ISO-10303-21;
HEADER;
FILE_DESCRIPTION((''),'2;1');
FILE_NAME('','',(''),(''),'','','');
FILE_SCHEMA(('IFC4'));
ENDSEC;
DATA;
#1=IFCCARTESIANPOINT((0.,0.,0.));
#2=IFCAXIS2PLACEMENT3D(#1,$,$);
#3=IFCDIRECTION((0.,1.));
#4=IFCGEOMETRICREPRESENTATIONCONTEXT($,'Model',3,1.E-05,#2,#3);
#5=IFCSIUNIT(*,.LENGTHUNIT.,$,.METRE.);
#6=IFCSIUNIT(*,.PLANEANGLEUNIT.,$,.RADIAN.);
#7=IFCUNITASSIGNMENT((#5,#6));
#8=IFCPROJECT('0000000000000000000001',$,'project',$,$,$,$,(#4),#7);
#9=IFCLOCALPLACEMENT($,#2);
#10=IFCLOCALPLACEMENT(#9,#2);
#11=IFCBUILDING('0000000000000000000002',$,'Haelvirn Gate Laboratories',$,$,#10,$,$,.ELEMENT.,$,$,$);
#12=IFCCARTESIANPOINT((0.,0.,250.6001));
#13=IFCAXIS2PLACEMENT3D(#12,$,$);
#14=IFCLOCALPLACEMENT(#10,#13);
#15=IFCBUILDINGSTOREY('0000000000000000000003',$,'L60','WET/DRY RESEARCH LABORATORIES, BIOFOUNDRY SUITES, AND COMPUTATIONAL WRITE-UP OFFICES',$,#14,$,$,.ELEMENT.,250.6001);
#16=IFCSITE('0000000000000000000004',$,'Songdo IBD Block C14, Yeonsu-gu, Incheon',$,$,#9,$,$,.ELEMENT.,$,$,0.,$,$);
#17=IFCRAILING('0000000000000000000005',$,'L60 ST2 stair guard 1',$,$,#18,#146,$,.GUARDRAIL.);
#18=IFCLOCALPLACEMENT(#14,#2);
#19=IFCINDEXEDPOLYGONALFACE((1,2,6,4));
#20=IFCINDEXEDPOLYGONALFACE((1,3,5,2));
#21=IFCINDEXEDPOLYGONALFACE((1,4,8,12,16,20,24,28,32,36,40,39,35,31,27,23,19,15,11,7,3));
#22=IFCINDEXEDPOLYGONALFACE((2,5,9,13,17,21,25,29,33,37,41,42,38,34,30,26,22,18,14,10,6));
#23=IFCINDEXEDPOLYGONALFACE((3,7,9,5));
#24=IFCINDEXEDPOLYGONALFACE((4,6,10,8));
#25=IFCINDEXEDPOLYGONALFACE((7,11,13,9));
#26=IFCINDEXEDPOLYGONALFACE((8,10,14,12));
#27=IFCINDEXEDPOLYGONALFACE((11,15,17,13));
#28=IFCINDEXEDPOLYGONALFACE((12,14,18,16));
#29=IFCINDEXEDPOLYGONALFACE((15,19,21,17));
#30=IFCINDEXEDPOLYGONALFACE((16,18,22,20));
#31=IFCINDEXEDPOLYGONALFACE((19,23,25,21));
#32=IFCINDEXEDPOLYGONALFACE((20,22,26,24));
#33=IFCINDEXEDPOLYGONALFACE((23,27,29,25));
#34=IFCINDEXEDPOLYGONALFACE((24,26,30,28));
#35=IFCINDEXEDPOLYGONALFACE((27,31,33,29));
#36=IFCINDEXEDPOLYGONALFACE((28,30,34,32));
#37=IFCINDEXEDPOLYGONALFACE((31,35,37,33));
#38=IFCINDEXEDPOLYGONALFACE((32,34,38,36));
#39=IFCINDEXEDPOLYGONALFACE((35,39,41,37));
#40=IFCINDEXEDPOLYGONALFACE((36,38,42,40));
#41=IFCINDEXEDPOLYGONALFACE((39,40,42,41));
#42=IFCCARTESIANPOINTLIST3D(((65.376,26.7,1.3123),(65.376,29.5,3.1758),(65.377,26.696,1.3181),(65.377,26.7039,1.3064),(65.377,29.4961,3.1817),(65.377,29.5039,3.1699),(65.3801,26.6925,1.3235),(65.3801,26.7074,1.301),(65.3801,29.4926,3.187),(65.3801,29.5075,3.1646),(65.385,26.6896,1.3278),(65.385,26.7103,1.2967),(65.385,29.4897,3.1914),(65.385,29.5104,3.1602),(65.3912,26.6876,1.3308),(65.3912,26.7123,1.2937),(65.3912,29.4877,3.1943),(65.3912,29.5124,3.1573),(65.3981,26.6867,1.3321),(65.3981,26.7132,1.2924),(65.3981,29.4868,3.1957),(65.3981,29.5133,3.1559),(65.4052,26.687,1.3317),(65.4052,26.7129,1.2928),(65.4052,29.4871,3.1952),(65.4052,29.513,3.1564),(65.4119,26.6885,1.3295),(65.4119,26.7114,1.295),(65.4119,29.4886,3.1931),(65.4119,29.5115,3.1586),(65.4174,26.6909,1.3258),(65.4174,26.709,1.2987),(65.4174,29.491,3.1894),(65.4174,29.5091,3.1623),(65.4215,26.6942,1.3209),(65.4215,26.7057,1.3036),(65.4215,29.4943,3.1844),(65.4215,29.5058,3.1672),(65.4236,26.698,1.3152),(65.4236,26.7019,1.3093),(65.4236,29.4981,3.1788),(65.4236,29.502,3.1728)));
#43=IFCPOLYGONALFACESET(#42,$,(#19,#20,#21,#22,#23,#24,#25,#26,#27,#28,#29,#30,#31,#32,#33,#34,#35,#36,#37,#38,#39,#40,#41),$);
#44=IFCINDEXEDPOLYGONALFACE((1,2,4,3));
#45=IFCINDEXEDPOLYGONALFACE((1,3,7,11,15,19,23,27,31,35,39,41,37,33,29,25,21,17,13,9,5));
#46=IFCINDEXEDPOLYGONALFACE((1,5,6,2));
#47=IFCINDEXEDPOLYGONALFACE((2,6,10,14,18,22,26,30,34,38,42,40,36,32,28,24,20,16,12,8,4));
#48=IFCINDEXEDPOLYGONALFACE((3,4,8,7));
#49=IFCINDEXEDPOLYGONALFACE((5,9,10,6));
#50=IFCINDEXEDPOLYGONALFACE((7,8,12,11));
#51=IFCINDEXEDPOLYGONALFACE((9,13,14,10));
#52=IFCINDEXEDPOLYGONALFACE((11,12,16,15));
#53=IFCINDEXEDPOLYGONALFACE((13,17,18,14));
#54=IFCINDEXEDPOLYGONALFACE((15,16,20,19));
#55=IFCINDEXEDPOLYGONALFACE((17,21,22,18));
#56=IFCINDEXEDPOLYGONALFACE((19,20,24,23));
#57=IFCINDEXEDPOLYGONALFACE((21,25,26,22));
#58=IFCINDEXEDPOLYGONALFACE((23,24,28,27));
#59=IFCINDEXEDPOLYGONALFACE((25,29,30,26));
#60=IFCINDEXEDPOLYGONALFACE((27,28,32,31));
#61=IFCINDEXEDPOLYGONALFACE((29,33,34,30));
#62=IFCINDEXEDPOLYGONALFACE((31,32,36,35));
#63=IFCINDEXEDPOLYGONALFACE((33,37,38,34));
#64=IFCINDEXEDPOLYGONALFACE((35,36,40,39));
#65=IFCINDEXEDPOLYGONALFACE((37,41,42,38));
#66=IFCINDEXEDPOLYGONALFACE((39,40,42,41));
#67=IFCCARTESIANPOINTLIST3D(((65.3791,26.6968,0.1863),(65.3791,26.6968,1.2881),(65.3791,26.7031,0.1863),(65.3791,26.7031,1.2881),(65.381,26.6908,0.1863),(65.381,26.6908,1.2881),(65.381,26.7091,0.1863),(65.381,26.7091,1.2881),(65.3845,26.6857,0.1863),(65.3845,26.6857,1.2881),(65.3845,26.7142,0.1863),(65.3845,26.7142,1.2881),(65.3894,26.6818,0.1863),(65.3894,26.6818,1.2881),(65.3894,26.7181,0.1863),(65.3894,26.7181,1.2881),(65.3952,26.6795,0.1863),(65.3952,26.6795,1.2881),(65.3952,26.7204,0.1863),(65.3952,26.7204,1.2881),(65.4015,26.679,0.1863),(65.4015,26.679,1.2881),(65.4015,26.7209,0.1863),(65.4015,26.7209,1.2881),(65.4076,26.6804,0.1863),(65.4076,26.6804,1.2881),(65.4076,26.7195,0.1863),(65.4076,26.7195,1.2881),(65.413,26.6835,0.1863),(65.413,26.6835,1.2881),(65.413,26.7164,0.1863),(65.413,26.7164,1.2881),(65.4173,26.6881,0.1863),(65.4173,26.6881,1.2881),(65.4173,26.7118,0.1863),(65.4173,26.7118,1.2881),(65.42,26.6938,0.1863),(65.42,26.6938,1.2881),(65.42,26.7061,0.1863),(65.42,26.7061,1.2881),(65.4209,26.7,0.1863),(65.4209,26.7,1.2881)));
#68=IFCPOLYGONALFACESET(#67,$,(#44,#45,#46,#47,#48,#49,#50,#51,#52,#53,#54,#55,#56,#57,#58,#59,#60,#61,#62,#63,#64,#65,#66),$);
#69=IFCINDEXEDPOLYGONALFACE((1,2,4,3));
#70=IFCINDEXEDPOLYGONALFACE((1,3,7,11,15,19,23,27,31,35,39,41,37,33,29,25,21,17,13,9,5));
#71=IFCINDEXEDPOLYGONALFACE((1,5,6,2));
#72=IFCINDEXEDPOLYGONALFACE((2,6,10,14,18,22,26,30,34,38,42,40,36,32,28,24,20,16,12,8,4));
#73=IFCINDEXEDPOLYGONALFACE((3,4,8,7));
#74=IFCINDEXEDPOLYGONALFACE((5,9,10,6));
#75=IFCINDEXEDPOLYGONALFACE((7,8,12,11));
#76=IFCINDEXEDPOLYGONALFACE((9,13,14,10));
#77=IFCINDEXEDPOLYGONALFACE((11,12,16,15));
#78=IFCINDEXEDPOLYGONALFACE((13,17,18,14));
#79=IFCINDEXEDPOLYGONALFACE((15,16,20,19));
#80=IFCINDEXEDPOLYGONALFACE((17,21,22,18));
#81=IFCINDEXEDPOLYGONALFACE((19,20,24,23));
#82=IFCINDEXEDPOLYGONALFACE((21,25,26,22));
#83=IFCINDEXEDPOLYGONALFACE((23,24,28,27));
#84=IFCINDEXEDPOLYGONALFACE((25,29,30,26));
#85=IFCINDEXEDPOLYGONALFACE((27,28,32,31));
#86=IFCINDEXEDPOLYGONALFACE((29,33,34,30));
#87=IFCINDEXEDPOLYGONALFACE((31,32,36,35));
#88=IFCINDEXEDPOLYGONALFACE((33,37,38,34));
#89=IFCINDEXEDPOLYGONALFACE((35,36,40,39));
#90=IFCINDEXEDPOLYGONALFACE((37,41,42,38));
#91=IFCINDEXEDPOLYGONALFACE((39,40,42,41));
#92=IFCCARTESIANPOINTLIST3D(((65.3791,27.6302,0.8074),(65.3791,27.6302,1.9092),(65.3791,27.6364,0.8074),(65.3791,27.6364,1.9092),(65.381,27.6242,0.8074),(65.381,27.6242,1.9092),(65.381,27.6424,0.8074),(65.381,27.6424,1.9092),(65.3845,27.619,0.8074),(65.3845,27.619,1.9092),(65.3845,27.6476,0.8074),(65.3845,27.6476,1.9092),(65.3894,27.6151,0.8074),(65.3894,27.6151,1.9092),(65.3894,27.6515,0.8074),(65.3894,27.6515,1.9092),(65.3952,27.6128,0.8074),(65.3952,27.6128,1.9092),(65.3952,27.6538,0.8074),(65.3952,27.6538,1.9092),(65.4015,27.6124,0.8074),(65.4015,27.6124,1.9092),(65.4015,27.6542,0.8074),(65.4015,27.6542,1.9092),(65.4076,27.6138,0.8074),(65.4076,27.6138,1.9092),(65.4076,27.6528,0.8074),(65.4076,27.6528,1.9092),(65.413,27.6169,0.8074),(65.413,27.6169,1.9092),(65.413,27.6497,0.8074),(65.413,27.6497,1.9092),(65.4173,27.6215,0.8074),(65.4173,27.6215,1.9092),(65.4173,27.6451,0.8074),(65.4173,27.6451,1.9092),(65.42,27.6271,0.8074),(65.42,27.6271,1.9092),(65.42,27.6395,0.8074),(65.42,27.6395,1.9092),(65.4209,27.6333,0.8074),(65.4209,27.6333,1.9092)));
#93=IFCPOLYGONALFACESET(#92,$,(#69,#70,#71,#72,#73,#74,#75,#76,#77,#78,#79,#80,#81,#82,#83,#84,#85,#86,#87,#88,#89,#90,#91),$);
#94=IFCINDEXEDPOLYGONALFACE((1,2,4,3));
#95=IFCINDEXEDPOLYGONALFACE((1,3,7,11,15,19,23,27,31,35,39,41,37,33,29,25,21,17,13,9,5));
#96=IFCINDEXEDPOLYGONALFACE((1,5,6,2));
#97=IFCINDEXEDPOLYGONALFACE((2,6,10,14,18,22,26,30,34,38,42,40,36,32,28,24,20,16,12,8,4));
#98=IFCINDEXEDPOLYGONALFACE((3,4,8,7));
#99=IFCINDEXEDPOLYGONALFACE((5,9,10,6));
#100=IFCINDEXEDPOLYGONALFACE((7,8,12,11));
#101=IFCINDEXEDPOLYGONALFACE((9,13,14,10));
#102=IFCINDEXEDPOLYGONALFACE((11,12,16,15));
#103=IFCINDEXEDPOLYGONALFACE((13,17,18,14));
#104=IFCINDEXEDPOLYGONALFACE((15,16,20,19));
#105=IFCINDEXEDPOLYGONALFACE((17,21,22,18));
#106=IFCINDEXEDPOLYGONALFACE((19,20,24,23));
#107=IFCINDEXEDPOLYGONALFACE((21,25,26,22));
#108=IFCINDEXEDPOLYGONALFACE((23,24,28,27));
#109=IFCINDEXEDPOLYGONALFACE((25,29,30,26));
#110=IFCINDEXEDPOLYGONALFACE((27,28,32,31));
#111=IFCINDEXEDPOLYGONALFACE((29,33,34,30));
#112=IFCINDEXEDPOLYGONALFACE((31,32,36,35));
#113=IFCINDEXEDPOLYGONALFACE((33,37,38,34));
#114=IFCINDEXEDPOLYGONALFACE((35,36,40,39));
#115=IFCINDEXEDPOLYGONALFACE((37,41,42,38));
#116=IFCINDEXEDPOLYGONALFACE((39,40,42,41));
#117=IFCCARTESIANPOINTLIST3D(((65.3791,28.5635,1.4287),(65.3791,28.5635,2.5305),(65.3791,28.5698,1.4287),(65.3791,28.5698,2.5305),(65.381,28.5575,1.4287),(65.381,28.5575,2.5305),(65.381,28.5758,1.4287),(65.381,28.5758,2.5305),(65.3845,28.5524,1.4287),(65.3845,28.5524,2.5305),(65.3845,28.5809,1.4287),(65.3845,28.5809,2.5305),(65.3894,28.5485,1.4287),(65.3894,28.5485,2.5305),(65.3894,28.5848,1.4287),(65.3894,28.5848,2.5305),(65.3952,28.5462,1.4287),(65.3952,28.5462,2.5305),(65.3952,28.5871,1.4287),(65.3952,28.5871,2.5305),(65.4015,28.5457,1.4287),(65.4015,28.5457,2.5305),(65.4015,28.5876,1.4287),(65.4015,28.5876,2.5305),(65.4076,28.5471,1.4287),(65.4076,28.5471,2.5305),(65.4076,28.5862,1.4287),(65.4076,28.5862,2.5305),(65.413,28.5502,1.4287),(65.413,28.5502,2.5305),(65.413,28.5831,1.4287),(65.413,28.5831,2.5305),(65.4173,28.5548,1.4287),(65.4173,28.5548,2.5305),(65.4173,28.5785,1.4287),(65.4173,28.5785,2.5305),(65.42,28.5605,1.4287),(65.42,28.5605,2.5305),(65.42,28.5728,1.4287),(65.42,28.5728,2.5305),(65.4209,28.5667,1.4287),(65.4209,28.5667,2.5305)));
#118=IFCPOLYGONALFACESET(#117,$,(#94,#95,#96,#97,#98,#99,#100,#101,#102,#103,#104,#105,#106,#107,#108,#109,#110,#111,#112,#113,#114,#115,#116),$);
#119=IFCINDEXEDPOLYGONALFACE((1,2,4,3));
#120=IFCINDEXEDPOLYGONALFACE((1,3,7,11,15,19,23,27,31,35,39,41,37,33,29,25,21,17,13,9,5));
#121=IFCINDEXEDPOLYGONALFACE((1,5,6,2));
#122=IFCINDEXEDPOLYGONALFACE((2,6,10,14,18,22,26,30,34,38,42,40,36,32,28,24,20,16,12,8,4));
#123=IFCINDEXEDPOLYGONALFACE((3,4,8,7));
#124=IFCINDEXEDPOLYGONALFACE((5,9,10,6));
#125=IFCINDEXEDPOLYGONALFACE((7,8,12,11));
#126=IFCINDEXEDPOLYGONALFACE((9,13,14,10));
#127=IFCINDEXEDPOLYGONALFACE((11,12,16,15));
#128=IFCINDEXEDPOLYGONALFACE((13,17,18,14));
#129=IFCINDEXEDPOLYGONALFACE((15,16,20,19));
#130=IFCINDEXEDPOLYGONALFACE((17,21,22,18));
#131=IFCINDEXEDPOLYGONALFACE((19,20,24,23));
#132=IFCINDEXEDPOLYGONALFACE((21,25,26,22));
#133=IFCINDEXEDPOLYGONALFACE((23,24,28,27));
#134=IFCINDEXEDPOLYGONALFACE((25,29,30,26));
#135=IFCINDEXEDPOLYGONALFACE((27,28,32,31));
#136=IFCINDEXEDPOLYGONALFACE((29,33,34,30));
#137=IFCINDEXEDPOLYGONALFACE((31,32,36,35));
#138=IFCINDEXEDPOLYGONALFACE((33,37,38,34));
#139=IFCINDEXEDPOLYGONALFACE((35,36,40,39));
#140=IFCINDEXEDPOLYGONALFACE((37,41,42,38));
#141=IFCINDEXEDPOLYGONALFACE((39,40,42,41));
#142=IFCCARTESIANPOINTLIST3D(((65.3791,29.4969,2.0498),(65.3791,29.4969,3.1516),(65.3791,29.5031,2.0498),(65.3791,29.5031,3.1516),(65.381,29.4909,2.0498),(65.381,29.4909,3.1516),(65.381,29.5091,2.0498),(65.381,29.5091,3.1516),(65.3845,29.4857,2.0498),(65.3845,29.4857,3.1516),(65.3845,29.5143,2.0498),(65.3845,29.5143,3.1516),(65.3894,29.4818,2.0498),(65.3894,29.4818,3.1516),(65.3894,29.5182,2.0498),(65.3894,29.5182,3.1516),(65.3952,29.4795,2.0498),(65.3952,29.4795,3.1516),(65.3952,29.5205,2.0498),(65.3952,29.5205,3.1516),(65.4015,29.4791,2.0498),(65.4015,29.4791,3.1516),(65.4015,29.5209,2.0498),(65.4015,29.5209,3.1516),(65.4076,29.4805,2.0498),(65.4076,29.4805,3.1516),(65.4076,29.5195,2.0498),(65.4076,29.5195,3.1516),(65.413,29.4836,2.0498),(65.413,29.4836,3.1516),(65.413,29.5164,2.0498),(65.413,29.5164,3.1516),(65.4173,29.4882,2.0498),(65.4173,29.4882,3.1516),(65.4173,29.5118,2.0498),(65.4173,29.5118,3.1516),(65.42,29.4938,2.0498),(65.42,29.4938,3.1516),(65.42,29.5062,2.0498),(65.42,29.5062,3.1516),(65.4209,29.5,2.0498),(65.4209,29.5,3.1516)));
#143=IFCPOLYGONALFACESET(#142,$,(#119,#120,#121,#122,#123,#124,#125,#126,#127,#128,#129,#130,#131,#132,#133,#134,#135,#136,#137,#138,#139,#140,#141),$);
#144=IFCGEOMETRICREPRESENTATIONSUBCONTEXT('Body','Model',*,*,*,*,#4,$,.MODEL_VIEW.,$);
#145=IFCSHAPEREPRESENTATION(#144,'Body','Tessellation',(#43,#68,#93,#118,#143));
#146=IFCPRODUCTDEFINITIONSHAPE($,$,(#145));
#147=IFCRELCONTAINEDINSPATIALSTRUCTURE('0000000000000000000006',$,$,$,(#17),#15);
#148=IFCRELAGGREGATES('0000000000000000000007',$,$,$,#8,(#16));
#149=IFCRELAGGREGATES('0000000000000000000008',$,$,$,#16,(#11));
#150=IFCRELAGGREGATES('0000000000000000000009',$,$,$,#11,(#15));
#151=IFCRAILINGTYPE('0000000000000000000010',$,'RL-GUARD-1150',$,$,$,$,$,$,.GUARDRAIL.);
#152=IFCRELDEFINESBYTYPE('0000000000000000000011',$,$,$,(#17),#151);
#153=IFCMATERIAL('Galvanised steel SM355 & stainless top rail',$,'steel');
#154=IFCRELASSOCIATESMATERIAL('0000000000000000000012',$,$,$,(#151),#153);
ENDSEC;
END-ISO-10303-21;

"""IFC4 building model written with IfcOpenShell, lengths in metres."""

from ifc_helpers import new_model, si_unit, direction, frame, origin, origin_2d, place, context, subcontext, project, spatial, circle, extrude, source, transform, mapped, material, type_object, element, save


model = new_model("IFC4")

# Units and contexts
model_context = context("Model", 3, precision=1e-05, world=origin(), true_north=direction((0.0, 1.0)))
body_context = subcontext(model_context, "Body", "Model", "MODEL_VIEW")
ifc_project = project(units=[si_unit("LENGTHUNIT", "METRE"), si_unit("PLANEANGLEUNIT", "RADIAN")], contexts=[model_context])

# Site, building, storey
site_placement = place(None, origin())
site = spatial("IfcSite", under=ifc_project, at=site_placement, Name="Songdo IBD Block C14, Yeonsu-gu, Incheon", CompositionType="ELEMENT", RefElevation=0.0)
building_placement = place(site_placement, origin())
building = spatial("IfcBuilding", under=site, at=building_placement, Name="Haelvirn Gate Laboratories", CompositionType="ELEMENT")
storey_placement = place(building_placement, frame((0.0, 0.0, 250.6001)))
storey = spatial("IfcBuildingStorey", under=building, at=storey_placement, Name="L60", Description="WET/DRY RESEARCH LABORATORIES, BIOFOUNDRY SUITES, AND COMPUTATIONAL WRITE-UP OFFICES", CompositionType="ELEMENT", Elevation=250.6001)

# Railing
ifc_material_1 = material(Name="Galvanised steel SM355 & stainless top rail", Category="steel")
railing_type_1 = type_object("IfcRailingType", Name="RL-GUARD-1150", PredefinedType="GUARDRAIL", material=ifc_material_1)
shared_shape_1 = source(origin(), body_context, "Body", "SweptSolid", [
    extrude(circle(Radius=0.0239, at=origin_2d()), frame((0.0, 0.0, 1.126), z_axis=(0.0, 0.832486, 0.554047), x_axis=(-1.0, 0.0, 0.0)), (0.0, 0.0, 1.0), 3.3635),
    extrude(circle(Radius=0.021, at=origin_2d()), origin(), (0.0, 0.0, 1.0), 1.1018),
    extrude(circle(Radius=0.021, at=origin_2d()), frame((0.0, 0.9333, 0.6211)), (0.0, 0.0, 1.0), 1.1018),
    extrude(circle(Radius=0.021, at=origin_2d()), frame((0.0, 1.8667, 1.2424)), (0.0, 0.0, 1.0), 1.1018),
    extrude(circle(Radius=0.021, at=origin_2d()), frame((0.0, 2.8, 1.8635)), (0.0, 0.0, 1.0), 1.1018),
])
railing_1_placement = place(storey_placement, frame((65.3999, 26.7, 0.1863)))
element("IfcRailing", 1, at=railing_1_placement, inside=storey, type_object=railing_type_1, Name="L60 ST2 stair guard 1", PredefinedType="GUARDRAIL", context=body_context, shape_type="MappedRepresentation", body=[
    mapped(shared_shape_1, transform((0.0, 0.0, 0.0), scale=1.0)),
])

save(model, "model.ifc")
